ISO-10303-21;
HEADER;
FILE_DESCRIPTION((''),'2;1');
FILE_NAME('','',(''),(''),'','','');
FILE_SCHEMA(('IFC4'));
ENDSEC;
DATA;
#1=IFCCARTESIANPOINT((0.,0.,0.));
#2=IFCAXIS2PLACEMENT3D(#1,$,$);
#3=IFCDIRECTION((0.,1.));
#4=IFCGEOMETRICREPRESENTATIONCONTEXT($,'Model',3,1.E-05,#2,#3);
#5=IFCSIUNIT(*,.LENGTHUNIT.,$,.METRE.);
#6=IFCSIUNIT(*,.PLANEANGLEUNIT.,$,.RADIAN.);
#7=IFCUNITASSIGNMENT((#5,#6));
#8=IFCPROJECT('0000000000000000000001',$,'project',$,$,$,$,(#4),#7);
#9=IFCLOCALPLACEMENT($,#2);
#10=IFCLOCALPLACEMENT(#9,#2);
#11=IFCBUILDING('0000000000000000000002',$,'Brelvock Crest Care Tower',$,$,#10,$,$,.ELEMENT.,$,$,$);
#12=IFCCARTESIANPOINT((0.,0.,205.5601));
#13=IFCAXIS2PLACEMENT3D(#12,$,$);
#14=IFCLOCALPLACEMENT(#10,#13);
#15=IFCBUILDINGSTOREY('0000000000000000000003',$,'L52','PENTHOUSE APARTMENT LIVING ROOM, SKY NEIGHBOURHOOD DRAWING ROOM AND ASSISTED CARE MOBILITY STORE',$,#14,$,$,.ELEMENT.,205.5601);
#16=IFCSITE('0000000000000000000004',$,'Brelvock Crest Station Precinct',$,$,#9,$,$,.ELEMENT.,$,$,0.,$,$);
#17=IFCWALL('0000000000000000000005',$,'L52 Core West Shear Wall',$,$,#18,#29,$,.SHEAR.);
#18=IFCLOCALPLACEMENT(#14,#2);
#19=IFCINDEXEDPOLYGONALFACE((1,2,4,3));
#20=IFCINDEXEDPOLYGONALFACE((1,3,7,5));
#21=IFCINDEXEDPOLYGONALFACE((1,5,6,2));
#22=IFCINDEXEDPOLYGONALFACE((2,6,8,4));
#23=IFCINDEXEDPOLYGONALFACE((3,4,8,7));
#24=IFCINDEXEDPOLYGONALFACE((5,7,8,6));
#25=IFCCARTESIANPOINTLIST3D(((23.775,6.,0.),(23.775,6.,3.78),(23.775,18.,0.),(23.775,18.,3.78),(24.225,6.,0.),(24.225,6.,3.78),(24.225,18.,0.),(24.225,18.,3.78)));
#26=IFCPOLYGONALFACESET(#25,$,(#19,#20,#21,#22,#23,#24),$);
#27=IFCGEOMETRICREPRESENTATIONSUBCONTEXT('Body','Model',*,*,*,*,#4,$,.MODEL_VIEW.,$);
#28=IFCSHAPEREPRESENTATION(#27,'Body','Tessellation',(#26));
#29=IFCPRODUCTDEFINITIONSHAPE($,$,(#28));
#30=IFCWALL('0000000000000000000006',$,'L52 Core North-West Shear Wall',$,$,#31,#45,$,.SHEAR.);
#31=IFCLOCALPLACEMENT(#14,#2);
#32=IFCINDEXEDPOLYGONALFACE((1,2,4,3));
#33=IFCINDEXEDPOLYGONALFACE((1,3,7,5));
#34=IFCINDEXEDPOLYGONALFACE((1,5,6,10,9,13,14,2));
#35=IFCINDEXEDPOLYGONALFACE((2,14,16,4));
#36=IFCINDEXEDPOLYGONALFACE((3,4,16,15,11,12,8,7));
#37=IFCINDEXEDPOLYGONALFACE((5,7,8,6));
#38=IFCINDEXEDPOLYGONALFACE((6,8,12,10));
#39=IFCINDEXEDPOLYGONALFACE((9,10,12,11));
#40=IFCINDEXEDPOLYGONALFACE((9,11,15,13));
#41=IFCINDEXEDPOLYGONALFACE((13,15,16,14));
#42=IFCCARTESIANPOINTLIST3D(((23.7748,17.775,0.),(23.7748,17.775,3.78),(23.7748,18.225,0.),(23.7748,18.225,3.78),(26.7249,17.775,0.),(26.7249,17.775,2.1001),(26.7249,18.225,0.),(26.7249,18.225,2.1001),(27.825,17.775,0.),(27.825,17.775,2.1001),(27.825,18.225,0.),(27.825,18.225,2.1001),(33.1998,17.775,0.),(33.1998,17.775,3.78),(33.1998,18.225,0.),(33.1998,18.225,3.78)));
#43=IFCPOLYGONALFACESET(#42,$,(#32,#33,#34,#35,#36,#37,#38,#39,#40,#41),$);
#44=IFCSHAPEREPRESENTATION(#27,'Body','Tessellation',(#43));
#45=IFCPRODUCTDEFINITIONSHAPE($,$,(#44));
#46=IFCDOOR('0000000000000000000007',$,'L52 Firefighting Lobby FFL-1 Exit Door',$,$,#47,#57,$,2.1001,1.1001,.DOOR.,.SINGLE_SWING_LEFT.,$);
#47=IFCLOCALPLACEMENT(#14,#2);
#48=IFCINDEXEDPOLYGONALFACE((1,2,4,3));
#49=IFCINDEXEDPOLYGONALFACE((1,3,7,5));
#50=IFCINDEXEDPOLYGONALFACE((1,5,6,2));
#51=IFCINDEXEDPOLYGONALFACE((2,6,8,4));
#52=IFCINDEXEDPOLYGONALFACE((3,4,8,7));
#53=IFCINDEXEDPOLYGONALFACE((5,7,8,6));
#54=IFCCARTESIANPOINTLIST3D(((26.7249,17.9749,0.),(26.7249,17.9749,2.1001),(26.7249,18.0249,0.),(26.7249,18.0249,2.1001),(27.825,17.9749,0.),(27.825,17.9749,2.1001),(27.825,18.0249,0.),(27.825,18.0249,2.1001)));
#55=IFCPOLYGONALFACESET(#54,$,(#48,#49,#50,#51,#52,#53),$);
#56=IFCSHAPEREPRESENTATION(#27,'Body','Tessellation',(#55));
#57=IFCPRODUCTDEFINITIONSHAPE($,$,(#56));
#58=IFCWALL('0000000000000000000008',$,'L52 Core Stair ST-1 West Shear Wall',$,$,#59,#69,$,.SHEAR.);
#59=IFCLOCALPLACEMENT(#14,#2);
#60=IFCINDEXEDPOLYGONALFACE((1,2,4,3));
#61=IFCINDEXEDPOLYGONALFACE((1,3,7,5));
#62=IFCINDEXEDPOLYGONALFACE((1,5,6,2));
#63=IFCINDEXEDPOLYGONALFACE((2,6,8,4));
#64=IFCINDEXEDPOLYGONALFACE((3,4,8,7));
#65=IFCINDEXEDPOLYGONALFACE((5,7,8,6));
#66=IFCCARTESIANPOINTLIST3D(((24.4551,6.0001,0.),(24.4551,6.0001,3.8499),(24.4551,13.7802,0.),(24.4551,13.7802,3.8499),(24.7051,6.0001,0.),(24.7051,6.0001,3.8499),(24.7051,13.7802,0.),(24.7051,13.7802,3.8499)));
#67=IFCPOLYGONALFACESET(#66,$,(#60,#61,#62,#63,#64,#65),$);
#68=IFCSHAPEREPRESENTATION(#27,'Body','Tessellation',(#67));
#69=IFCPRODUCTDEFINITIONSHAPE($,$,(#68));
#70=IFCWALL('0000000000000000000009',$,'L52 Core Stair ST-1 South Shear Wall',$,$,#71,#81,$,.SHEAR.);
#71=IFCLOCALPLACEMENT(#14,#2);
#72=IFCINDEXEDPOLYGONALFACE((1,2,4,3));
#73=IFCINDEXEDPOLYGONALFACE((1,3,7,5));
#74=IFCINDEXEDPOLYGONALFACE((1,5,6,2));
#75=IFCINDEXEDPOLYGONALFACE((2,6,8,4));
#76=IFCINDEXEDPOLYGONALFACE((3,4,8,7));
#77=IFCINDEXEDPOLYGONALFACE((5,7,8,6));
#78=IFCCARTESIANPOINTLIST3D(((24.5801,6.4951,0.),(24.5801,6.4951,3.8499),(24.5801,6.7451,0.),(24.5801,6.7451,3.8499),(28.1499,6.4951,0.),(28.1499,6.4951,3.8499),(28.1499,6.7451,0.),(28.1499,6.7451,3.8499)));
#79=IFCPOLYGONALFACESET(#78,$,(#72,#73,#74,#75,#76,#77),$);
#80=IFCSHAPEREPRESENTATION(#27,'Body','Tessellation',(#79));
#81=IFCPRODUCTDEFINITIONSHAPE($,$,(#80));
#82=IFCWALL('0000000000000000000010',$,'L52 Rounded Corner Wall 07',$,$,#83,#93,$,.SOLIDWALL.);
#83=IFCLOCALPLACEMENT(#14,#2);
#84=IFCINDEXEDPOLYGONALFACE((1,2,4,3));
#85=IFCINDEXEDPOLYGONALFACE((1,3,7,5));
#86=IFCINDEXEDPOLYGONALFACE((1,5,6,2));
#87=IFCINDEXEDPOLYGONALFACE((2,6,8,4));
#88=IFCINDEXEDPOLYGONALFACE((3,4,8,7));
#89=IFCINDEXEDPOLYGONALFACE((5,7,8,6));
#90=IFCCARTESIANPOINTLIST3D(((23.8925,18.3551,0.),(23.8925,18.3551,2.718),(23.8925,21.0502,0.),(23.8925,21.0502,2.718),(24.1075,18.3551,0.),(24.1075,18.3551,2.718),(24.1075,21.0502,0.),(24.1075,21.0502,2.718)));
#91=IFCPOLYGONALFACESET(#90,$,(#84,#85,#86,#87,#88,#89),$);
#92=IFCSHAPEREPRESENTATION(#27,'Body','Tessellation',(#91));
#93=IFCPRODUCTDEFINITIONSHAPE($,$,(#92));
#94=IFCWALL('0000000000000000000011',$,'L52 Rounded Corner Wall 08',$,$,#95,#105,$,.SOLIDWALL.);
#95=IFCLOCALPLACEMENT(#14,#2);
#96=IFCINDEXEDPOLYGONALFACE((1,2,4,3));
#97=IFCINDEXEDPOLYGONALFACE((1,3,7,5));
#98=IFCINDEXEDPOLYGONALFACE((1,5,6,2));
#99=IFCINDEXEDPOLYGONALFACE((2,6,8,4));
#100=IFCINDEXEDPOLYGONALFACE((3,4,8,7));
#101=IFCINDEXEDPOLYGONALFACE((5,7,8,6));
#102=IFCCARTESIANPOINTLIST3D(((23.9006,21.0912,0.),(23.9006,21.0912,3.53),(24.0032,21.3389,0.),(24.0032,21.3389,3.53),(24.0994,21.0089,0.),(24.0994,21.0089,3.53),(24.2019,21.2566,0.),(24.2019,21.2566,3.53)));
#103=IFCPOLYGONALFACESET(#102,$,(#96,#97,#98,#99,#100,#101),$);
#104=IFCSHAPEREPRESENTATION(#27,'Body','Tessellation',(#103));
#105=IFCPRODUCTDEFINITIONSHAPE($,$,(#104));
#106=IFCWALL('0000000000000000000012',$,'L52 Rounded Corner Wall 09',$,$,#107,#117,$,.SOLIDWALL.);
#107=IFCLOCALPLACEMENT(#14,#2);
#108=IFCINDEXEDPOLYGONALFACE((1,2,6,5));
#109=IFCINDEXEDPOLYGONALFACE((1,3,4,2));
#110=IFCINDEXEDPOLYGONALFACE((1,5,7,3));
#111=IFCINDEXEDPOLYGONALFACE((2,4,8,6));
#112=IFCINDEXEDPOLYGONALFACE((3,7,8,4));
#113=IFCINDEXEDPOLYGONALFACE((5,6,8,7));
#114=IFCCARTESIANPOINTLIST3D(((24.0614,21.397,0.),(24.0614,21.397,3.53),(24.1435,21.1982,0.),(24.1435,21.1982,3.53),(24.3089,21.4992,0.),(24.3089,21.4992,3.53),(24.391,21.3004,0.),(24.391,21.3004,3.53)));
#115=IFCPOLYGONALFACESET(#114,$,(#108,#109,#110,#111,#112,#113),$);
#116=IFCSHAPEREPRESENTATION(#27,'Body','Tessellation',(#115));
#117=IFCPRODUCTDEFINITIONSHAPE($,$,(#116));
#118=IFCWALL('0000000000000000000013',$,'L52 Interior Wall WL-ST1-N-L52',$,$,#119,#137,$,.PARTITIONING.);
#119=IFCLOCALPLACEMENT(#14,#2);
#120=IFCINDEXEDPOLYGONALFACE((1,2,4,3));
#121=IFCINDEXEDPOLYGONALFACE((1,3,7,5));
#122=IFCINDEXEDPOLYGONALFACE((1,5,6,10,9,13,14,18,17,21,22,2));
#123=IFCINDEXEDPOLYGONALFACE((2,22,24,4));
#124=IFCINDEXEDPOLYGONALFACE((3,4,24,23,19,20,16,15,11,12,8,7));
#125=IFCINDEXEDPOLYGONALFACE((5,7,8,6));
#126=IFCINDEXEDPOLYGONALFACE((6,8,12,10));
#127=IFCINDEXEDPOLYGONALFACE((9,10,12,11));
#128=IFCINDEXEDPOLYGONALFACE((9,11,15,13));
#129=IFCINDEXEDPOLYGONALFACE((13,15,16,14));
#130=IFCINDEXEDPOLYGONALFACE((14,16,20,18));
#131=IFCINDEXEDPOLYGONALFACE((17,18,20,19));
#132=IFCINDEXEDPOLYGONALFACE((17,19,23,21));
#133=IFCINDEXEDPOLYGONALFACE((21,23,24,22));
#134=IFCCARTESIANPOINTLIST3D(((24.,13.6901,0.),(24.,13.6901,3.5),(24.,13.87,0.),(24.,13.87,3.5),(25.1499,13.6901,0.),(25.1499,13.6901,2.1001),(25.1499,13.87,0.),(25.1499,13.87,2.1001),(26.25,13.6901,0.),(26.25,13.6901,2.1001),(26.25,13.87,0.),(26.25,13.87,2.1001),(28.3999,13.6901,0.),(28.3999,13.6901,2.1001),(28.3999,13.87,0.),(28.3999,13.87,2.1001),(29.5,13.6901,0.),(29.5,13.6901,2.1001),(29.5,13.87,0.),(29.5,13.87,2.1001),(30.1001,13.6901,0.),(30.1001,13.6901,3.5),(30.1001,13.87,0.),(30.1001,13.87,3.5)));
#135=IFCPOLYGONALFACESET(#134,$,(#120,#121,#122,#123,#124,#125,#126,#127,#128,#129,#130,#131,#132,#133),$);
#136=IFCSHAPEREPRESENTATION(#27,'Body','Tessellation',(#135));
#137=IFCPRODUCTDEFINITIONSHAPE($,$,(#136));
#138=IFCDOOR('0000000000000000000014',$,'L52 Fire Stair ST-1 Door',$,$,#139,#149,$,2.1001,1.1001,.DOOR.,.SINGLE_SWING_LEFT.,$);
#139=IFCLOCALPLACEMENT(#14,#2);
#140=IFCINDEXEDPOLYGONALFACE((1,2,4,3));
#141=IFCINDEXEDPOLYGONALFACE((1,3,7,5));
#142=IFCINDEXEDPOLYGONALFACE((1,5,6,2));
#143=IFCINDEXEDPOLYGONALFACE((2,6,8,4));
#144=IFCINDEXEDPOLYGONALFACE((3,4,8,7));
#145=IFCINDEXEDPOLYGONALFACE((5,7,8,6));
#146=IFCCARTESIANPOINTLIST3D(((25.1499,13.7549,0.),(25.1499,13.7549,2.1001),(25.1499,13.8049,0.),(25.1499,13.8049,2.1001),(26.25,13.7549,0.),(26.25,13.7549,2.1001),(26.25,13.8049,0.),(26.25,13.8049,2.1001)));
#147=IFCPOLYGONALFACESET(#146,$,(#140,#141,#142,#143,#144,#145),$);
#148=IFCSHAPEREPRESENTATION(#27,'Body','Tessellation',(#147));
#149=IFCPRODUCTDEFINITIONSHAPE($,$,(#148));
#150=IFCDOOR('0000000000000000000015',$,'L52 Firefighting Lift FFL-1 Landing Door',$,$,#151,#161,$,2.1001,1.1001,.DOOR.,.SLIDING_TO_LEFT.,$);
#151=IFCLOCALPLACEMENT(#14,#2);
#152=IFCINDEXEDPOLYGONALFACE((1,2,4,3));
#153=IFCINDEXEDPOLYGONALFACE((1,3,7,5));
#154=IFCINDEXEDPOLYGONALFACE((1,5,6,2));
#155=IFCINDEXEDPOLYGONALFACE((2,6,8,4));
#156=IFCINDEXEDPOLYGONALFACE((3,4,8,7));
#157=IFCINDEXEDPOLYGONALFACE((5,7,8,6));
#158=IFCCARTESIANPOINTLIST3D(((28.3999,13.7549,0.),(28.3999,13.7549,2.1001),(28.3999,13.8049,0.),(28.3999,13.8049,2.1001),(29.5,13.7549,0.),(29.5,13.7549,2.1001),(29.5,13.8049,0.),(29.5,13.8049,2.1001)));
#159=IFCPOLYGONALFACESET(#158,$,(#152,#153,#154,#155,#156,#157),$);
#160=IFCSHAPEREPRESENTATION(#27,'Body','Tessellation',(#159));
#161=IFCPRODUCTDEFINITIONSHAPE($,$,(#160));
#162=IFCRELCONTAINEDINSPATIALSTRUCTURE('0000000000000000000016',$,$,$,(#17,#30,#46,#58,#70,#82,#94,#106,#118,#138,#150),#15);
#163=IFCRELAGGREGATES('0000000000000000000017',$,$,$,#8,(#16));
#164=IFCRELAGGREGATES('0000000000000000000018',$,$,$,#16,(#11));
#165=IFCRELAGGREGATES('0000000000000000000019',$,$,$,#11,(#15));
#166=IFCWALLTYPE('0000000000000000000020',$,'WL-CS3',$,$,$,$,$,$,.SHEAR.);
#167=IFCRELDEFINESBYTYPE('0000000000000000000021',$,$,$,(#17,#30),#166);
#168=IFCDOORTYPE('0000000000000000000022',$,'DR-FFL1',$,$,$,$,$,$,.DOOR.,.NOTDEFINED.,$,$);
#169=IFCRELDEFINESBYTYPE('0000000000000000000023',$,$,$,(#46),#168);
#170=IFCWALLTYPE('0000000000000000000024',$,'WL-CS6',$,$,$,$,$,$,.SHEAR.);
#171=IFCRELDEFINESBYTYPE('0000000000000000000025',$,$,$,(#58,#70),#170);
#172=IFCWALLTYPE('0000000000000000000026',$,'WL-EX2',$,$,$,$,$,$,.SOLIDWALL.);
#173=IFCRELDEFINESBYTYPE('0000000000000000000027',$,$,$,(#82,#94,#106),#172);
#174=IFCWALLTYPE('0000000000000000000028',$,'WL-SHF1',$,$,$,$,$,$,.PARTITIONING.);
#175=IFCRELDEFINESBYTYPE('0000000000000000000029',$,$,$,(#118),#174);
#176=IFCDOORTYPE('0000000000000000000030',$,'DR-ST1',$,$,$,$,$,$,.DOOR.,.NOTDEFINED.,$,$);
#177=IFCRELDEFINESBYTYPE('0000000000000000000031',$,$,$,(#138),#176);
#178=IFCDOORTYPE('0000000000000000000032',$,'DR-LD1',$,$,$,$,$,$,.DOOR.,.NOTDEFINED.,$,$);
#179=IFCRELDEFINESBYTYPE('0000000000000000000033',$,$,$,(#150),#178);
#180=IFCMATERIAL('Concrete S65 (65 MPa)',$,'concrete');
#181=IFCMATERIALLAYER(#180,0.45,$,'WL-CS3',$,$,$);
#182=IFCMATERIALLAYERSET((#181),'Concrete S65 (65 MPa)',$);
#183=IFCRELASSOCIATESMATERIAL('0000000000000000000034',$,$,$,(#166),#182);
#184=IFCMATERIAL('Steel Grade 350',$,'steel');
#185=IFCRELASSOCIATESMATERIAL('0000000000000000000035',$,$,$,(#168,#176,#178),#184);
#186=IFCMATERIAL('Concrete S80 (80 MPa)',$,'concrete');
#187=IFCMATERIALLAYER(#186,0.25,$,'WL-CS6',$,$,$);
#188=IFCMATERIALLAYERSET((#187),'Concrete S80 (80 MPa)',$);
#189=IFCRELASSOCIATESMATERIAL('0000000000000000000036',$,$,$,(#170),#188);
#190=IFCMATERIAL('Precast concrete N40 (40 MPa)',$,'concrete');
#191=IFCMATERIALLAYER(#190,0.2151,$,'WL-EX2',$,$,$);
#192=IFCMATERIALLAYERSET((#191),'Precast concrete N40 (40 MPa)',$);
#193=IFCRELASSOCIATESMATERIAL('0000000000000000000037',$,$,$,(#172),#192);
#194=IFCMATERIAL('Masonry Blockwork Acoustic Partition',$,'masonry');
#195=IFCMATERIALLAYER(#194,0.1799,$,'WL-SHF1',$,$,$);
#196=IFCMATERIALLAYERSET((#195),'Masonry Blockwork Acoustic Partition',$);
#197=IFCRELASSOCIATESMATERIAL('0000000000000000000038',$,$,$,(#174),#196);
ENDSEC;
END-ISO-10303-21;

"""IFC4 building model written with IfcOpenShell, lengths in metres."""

from ifc_helpers import new_model, si_unit, direction, frame, frame_2d, origin, origin_2d, place, context, subcontext, project, spatial, rectangle, extrude, source, transform, mapped, material, layer, layer_set, type_object, element, fill, save


model = new_model("IFC4")

# Units and contexts
model_context = context("Model", 3, precision=1e-05, world=origin(), true_north=direction((0.0, 1.0)))
body_context = subcontext(model_context, "Body", "Model", "MODEL_VIEW")
ifc_project = project(units=[si_unit("LENGTHUNIT", "METRE"), si_unit("PLANEANGLEUNIT", "RADIAN")], contexts=[model_context])

# Site, building, storey
site_placement = place(None, origin())
site = spatial("IfcSite", under=ifc_project, at=site_placement, Name="Brelvock Crest Station Precinct", CompositionType="ELEMENT", RefElevation=0.0)
building_placement = place(site_placement, origin())
building = spatial("IfcBuilding", under=site, at=building_placement, Name="Brelvock Crest Care Tower", CompositionType="ELEMENT")
storey_placement = place(building_placement, frame((0.0, 0.0, 205.5601)))
storey = spatial("IfcBuildingStorey", under=building, at=storey_placement, Name="L52", Description="PENTHOUSE APARTMENT LIVING ROOM, SKY NEIGHBOURHOOD DRAWING ROOM AND ASSISTED CARE MOBILITY STORE", CompositionType="ELEMENT", Elevation=205.5601)

# Shared definitions
ifc_material_1 = material(Name="Concrete S65 (65 MPa)", Category="concrete")

# Shared definitions
ifc_material_2 = material(Name="Steel Grade 350", Category="steel")

# Wall
ifc_layer_1 = layer(ifc_material_1, 0.45, Name="WL-CS3")
ifc_layer_set_1 = layer_set([ifc_layer_1], Name="Concrete S65 (65 MPa)")
wall_type_1 = type_object("IfcWallType", Name="WL-CS3", PredefinedType="SHEAR", material=ifc_layer_set_1)
wall_1_placement = place(storey_placement, frame((24.0, 6.0, 0.0), z_axis=(0.0, 0.0, 1.0), x_axis=(0.0, 1.0, 0.0)))
element("IfcWall", 1, at=wall_1_placement, inside=storey, type_object=wall_type_1, Name="L52 Core West Shear Wall", PredefinedType="SHEAR", context=body_context, shape_type="SweptSolid", body=[
    extrude(rectangle(XDim=12.0, YDim=0.45, at=frame_2d((6.0, 0.0))), origin(), (0.0, 0.0, 1.0), 3.78),
])

# Wall, opening, door
wall_2_placement = place(storey_placement, frame((23.7749, 18.0, 0.0), z_axis=(0.0, 0.0, 1.0), x_axis=(1.0, 0.0, 0.0)))
wall_2 = element("IfcWall", 2, at=wall_2_placement, inside=storey, type_object=wall_type_1, Name="L52 Core North-West Shear Wall", PredefinedType="SHEAR", context=body_context, shape_type="SweptSolid", body=[
    extrude(rectangle(XDim=9.425, YDim=0.45, at=frame_2d((4.7124, 0.0))), origin(), (0.0, 0.0, 1.0), 3.78),
])
opening_1_placement = place(wall_2_placement, frame((2.95, 0.0, 0.0)))
opening_1 = element("IfcOpeningElement", 3, at=opening_1_placement, cuts=wall_2, PredefinedType="OPENING", context=body_context, shape_type="SweptSolid", body=[
    extrude(rectangle(XDim=1.1001, YDim=2.1001, at=origin_2d()), frame((0.55, 0.2349, 1.05), z_axis=(0.0, -1.0, 0.0), x_axis=(1.0, 0.0, 0.0)), (0.0, 0.0, 1.0), 0.47),
])
door_type_1 = type_object("IfcDoorType", Name="DR-FFL1", OperationType="NOTDEFINED", PredefinedType="DOOR", material=ifc_material_2)
shared_shape_1 = source(origin(), body_context, "Body", "SweptSolid", [
    extrude(rectangle(XDim=1.1001, YDim=2.1001, at=origin_2d()), frame((0.55, 0.0249, 1.05), z_axis=(0.0, -1.0, 0.0), x_axis=(1.0, 0.0, 0.0)), (0.0, 0.0, 1.0), 0.05),
])
door_1_placement = place(opening_1_placement, origin())
door_1 = element("IfcDoor", 4, at=door_1_placement, inside=storey, type_object=door_type_1, Name="L52 Firefighting Lobby FFL-1 Exit Door", OperationType="SINGLE_SWING_LEFT", OverallHeight=2.1001, OverallWidth=1.1001, PredefinedType="DOOR", context=body_context, shape_type="MappedRepresentation", body=[
    mapped(shared_shape_1, transform((0.0, 0.0, 0.0), x_axis=(1.0, 0.0, 0.0), y_axis=(0.0, 1.0, 0.0), z_axis=(0.0, 0.0, 1.0), scale=1.0)),
])
fill(opening_1, door_1)

# Walls
ifc_material_3 = material(Name="Concrete S80 (80 MPa)", Category="concrete")
ifc_layer_2 = layer(ifc_material_3, 0.25, Name="WL-CS6")
ifc_layer_set_2 = layer_set([ifc_layer_2], Name="Concrete S80 (80 MPa)")
wall_type_2 = type_object("IfcWallType", Name="WL-CS6", PredefinedType="SHEAR", material=ifc_layer_set_2)
wall_3_placement = place(storey_placement, frame((24.5801, 6.0, 0.0), z_axis=(0.0, 0.0, 1.0), x_axis=(0.0, 1.0, 0.0)))
element("IfcWall", 5, at=wall_3_placement, inside=storey, type_object=wall_type_2, Name="L52 Core Stair ST-1 West Shear Wall", PredefinedType="SHEAR", context=body_context, shape_type="SweptSolid", body=[
    extrude(rectangle(XDim=7.78, YDim=0.25, at=frame_2d((3.8901, 0.0))), origin(), (0.0, 0.0, 1.0), 3.8499),
])
wall_4_placement = place(storey_placement, frame((24.5801, 6.6201, 0.0), z_axis=(0.0, 0.0, 1.0), x_axis=(1.0, 0.0, 0.0)))
element("IfcWall", 6, at=wall_4_placement, inside=storey, type_object=wall_type_2, Name="L52 Core Stair ST-1 South Shear Wall", PredefinedType="SHEAR", context=body_context, shape_type="SweptSolid", body=[
    extrude(rectangle(XDim=3.5698, YDim=0.25, at=frame_2d((1.7849, 0.0))), origin(), (0.0, 0.0, 1.0), 3.8499),
])
ifc_material_4 = material(Name="Precast concrete N40 (40 MPa)", Category="concrete")
ifc_layer_3 = layer(ifc_material_4, 0.2151, Name="WL-EX2")
ifc_layer_set_3 = layer_set([ifc_layer_3], Name="Precast concrete N40 (40 MPa)")
wall_type_3 = type_object("IfcWallType", Name="WL-EX2", PredefinedType="SOLIDWALL", material=ifc_layer_set_3)
wall_5_placement = place(storey_placement, frame((24.0, 18.355, 0.0), z_axis=(0.0, 0.0, 1.0), x_axis=(0.0, 1.0, 0.0)))
element("IfcWall", 7, at=wall_5_placement, inside=storey, type_object=wall_type_3, Name="L52 Rounded Corner Wall 07", PredefinedType="SOLIDWALL", context=body_context, shape_type="SweptSolid", body=[
    extrude(rectangle(XDim=2.6951, YDim=0.2151, at=frame_2d((1.3477, 0.0))), origin(), (0.0, 0.0, 1.0), 2.718),
])
wall_6_placement = place(storey_placement, frame((24.0, 21.05, 0.0), z_axis=(0.0, 0.0, 1.0), x_axis=(0.382674, 0.923884, 0.0)))
element("IfcWall", 8, at=wall_6_placement, inside=storey, type_object=wall_type_3, Name="L52 Rounded Corner Wall 08", PredefinedType="SOLIDWALL", context=body_context, shape_type="SweptSolid", body=[
    extrude(rectangle(XDim=0.2681, YDim=0.2151, at=frame_2d((0.134, 0.0))), origin(), (0.0, 0.0, 1.0), 3.53),
])
wall_7_placement = place(storey_placement, frame((24.1025, 21.2976, 0.0), z_axis=(0.0, 0.0, 1.0), x_axis=(0.924205, 0.381896, 0.0)))
element("IfcWall", 9, at=wall_7_placement, inside=storey, type_object=wall_type_3, Name="L52 Rounded Corner Wall 09", PredefinedType="SOLIDWALL", context=body_context, shape_type="SweptSolid", body=[
    extrude(rectangle(XDim=0.2678, YDim=0.2151, at=frame_2d((0.1338, 0.0))), origin(), (0.0, 0.0, 1.0), 3.53),
])

# Wall, openings, doors
ifc_material_5 = material(Name="Masonry Blockwork Acoustic Partition", Category="masonry")
ifc_layer_4 = layer(ifc_material_5, 0.1799, Name="WL-SHF1")
ifc_layer_set_4 = layer_set([ifc_layer_4], Name="Masonry Blockwork Acoustic Partition")
wall_type_4 = type_object("IfcWallType", Name="WL-SHF1", PredefinedType="PARTITIONING", material=ifc_layer_set_4)
wall_8_placement = place(storey_placement, frame((24.0, 13.78, 0.0), z_axis=(0.0, 0.0, 1.0), x_axis=(1.0, 0.0, 0.0)))
wall_8 = element("IfcWall", 10, at=wall_8_placement, inside=storey, type_object=wall_type_4, Name="L52 Interior Wall WL-ST1-N-L52", PredefinedType="PARTITIONING", context=body_context, shape_type="SweptSolid", body=[
    extrude(rectangle(XDim=6.1001, YDim=0.1799, at=frame_2d((3.05, 0.0))), origin(), (0.0, 0.0, 1.0), 3.5),
])
opening_2_placement = place(wall_8_placement, frame((1.1499, 0.0, 0.0)))
opening_2 = element("IfcOpeningElement", 11, at=opening_2_placement, cuts=wall_8, PredefinedType="OPENING", context=body_context, shape_type="SweptSolid", body=[
    extrude(rectangle(XDim=1.1001, YDim=2.1001, at=origin_2d()), frame((0.55, 0.1001, 1.05), z_axis=(0.0, -1.0, 0.0), x_axis=(1.0, 0.0, 0.0)), (0.0, 0.0, 1.0), 0.2),
])
opening_3_placement = place(wall_8_placement, frame((4.3999, 0.0, 0.0)))
opening_3 = element("IfcOpeningElement", 12, at=opening_3_placement, cuts=wall_8, PredefinedType="OPENING", context=body_context, shape_type="SweptSolid", body=[
    extrude(rectangle(XDim=1.1001, YDim=2.1001, at=origin_2d()), frame((0.55, 0.1001, 1.05), z_axis=(0.0, -1.0, 0.0), x_axis=(1.0, 0.0, 0.0)), (0.0, 0.0, 1.0), 0.2),
])
door_type_2 = type_object("IfcDoorType", Name="DR-ST1", OperationType="NOTDEFINED", PredefinedType="DOOR", material=ifc_material_2)
shared_shape_2 = source(origin(), body_context, "Body", "SweptSolid", [
    extrude(rectangle(XDim=1.1001, YDim=2.1001, at=origin_2d()), frame((0.55, 0.0249, 1.05), z_axis=(0.0, -1.0, 0.0), x_axis=(1.0, 0.0, 0.0)), (0.0, 0.0, 1.0), 0.05),
])
door_2_placement = place(opening_2_placement, origin())
door_2 = element("IfcDoor", 13, at=door_2_placement, inside=storey, type_object=door_type_2, Name="L52 Fire Stair ST-1 Door", OperationType="SINGLE_SWING_LEFT", OverallHeight=2.1001, OverallWidth=1.1001, PredefinedType="DOOR", context=body_context, shape_type="MappedRepresentation", body=[
    mapped(shared_shape_2, transform((0.0, 0.0, 0.0), x_axis=(1.0, 0.0, 0.0), y_axis=(0.0, 1.0, 0.0), z_axis=(0.0, 0.0, 1.0), scale=1.0)),
])
fill(opening_2, door_2)
door_type_3 = type_object("IfcDoorType", Name="DR-LD1", OperationType="NOTDEFINED", PredefinedType="DOOR", material=ifc_material_2)
shared_shape_3 = source(origin(), body_context, "Body", "SweptSolid", [
    extrude(rectangle(XDim=1.1001, YDim=2.1001, at=origin_2d()), frame((0.55, 0.0249, 1.05), z_axis=(0.0, -1.0, 0.0), x_axis=(1.0, 0.0, 0.0)), (0.0, 0.0, 1.0), 0.05),
])
door_3_placement = place(opening_3_placement, origin())
door_3 = element("IfcDoor", 14, at=door_3_placement, inside=storey, type_object=door_type_3, Name="L52 Firefighting Lift FFL-1 Landing Door", OperationType="SLIDING_TO_LEFT", OverallHeight=2.1001, OverallWidth=1.1001, PredefinedType="DOOR", context=body_context, shape_type="MappedRepresentation", body=[
    mapped(shared_shape_3, transform((0.0, 0.0, 0.0), x_axis=(1.0, 0.0, 0.0), y_axis=(0.0, 1.0, 0.0), z_axis=(0.0, 0.0, 1.0), scale=1.0)),
])
fill(opening_3, door_3)

save(model, "model.ifc")
